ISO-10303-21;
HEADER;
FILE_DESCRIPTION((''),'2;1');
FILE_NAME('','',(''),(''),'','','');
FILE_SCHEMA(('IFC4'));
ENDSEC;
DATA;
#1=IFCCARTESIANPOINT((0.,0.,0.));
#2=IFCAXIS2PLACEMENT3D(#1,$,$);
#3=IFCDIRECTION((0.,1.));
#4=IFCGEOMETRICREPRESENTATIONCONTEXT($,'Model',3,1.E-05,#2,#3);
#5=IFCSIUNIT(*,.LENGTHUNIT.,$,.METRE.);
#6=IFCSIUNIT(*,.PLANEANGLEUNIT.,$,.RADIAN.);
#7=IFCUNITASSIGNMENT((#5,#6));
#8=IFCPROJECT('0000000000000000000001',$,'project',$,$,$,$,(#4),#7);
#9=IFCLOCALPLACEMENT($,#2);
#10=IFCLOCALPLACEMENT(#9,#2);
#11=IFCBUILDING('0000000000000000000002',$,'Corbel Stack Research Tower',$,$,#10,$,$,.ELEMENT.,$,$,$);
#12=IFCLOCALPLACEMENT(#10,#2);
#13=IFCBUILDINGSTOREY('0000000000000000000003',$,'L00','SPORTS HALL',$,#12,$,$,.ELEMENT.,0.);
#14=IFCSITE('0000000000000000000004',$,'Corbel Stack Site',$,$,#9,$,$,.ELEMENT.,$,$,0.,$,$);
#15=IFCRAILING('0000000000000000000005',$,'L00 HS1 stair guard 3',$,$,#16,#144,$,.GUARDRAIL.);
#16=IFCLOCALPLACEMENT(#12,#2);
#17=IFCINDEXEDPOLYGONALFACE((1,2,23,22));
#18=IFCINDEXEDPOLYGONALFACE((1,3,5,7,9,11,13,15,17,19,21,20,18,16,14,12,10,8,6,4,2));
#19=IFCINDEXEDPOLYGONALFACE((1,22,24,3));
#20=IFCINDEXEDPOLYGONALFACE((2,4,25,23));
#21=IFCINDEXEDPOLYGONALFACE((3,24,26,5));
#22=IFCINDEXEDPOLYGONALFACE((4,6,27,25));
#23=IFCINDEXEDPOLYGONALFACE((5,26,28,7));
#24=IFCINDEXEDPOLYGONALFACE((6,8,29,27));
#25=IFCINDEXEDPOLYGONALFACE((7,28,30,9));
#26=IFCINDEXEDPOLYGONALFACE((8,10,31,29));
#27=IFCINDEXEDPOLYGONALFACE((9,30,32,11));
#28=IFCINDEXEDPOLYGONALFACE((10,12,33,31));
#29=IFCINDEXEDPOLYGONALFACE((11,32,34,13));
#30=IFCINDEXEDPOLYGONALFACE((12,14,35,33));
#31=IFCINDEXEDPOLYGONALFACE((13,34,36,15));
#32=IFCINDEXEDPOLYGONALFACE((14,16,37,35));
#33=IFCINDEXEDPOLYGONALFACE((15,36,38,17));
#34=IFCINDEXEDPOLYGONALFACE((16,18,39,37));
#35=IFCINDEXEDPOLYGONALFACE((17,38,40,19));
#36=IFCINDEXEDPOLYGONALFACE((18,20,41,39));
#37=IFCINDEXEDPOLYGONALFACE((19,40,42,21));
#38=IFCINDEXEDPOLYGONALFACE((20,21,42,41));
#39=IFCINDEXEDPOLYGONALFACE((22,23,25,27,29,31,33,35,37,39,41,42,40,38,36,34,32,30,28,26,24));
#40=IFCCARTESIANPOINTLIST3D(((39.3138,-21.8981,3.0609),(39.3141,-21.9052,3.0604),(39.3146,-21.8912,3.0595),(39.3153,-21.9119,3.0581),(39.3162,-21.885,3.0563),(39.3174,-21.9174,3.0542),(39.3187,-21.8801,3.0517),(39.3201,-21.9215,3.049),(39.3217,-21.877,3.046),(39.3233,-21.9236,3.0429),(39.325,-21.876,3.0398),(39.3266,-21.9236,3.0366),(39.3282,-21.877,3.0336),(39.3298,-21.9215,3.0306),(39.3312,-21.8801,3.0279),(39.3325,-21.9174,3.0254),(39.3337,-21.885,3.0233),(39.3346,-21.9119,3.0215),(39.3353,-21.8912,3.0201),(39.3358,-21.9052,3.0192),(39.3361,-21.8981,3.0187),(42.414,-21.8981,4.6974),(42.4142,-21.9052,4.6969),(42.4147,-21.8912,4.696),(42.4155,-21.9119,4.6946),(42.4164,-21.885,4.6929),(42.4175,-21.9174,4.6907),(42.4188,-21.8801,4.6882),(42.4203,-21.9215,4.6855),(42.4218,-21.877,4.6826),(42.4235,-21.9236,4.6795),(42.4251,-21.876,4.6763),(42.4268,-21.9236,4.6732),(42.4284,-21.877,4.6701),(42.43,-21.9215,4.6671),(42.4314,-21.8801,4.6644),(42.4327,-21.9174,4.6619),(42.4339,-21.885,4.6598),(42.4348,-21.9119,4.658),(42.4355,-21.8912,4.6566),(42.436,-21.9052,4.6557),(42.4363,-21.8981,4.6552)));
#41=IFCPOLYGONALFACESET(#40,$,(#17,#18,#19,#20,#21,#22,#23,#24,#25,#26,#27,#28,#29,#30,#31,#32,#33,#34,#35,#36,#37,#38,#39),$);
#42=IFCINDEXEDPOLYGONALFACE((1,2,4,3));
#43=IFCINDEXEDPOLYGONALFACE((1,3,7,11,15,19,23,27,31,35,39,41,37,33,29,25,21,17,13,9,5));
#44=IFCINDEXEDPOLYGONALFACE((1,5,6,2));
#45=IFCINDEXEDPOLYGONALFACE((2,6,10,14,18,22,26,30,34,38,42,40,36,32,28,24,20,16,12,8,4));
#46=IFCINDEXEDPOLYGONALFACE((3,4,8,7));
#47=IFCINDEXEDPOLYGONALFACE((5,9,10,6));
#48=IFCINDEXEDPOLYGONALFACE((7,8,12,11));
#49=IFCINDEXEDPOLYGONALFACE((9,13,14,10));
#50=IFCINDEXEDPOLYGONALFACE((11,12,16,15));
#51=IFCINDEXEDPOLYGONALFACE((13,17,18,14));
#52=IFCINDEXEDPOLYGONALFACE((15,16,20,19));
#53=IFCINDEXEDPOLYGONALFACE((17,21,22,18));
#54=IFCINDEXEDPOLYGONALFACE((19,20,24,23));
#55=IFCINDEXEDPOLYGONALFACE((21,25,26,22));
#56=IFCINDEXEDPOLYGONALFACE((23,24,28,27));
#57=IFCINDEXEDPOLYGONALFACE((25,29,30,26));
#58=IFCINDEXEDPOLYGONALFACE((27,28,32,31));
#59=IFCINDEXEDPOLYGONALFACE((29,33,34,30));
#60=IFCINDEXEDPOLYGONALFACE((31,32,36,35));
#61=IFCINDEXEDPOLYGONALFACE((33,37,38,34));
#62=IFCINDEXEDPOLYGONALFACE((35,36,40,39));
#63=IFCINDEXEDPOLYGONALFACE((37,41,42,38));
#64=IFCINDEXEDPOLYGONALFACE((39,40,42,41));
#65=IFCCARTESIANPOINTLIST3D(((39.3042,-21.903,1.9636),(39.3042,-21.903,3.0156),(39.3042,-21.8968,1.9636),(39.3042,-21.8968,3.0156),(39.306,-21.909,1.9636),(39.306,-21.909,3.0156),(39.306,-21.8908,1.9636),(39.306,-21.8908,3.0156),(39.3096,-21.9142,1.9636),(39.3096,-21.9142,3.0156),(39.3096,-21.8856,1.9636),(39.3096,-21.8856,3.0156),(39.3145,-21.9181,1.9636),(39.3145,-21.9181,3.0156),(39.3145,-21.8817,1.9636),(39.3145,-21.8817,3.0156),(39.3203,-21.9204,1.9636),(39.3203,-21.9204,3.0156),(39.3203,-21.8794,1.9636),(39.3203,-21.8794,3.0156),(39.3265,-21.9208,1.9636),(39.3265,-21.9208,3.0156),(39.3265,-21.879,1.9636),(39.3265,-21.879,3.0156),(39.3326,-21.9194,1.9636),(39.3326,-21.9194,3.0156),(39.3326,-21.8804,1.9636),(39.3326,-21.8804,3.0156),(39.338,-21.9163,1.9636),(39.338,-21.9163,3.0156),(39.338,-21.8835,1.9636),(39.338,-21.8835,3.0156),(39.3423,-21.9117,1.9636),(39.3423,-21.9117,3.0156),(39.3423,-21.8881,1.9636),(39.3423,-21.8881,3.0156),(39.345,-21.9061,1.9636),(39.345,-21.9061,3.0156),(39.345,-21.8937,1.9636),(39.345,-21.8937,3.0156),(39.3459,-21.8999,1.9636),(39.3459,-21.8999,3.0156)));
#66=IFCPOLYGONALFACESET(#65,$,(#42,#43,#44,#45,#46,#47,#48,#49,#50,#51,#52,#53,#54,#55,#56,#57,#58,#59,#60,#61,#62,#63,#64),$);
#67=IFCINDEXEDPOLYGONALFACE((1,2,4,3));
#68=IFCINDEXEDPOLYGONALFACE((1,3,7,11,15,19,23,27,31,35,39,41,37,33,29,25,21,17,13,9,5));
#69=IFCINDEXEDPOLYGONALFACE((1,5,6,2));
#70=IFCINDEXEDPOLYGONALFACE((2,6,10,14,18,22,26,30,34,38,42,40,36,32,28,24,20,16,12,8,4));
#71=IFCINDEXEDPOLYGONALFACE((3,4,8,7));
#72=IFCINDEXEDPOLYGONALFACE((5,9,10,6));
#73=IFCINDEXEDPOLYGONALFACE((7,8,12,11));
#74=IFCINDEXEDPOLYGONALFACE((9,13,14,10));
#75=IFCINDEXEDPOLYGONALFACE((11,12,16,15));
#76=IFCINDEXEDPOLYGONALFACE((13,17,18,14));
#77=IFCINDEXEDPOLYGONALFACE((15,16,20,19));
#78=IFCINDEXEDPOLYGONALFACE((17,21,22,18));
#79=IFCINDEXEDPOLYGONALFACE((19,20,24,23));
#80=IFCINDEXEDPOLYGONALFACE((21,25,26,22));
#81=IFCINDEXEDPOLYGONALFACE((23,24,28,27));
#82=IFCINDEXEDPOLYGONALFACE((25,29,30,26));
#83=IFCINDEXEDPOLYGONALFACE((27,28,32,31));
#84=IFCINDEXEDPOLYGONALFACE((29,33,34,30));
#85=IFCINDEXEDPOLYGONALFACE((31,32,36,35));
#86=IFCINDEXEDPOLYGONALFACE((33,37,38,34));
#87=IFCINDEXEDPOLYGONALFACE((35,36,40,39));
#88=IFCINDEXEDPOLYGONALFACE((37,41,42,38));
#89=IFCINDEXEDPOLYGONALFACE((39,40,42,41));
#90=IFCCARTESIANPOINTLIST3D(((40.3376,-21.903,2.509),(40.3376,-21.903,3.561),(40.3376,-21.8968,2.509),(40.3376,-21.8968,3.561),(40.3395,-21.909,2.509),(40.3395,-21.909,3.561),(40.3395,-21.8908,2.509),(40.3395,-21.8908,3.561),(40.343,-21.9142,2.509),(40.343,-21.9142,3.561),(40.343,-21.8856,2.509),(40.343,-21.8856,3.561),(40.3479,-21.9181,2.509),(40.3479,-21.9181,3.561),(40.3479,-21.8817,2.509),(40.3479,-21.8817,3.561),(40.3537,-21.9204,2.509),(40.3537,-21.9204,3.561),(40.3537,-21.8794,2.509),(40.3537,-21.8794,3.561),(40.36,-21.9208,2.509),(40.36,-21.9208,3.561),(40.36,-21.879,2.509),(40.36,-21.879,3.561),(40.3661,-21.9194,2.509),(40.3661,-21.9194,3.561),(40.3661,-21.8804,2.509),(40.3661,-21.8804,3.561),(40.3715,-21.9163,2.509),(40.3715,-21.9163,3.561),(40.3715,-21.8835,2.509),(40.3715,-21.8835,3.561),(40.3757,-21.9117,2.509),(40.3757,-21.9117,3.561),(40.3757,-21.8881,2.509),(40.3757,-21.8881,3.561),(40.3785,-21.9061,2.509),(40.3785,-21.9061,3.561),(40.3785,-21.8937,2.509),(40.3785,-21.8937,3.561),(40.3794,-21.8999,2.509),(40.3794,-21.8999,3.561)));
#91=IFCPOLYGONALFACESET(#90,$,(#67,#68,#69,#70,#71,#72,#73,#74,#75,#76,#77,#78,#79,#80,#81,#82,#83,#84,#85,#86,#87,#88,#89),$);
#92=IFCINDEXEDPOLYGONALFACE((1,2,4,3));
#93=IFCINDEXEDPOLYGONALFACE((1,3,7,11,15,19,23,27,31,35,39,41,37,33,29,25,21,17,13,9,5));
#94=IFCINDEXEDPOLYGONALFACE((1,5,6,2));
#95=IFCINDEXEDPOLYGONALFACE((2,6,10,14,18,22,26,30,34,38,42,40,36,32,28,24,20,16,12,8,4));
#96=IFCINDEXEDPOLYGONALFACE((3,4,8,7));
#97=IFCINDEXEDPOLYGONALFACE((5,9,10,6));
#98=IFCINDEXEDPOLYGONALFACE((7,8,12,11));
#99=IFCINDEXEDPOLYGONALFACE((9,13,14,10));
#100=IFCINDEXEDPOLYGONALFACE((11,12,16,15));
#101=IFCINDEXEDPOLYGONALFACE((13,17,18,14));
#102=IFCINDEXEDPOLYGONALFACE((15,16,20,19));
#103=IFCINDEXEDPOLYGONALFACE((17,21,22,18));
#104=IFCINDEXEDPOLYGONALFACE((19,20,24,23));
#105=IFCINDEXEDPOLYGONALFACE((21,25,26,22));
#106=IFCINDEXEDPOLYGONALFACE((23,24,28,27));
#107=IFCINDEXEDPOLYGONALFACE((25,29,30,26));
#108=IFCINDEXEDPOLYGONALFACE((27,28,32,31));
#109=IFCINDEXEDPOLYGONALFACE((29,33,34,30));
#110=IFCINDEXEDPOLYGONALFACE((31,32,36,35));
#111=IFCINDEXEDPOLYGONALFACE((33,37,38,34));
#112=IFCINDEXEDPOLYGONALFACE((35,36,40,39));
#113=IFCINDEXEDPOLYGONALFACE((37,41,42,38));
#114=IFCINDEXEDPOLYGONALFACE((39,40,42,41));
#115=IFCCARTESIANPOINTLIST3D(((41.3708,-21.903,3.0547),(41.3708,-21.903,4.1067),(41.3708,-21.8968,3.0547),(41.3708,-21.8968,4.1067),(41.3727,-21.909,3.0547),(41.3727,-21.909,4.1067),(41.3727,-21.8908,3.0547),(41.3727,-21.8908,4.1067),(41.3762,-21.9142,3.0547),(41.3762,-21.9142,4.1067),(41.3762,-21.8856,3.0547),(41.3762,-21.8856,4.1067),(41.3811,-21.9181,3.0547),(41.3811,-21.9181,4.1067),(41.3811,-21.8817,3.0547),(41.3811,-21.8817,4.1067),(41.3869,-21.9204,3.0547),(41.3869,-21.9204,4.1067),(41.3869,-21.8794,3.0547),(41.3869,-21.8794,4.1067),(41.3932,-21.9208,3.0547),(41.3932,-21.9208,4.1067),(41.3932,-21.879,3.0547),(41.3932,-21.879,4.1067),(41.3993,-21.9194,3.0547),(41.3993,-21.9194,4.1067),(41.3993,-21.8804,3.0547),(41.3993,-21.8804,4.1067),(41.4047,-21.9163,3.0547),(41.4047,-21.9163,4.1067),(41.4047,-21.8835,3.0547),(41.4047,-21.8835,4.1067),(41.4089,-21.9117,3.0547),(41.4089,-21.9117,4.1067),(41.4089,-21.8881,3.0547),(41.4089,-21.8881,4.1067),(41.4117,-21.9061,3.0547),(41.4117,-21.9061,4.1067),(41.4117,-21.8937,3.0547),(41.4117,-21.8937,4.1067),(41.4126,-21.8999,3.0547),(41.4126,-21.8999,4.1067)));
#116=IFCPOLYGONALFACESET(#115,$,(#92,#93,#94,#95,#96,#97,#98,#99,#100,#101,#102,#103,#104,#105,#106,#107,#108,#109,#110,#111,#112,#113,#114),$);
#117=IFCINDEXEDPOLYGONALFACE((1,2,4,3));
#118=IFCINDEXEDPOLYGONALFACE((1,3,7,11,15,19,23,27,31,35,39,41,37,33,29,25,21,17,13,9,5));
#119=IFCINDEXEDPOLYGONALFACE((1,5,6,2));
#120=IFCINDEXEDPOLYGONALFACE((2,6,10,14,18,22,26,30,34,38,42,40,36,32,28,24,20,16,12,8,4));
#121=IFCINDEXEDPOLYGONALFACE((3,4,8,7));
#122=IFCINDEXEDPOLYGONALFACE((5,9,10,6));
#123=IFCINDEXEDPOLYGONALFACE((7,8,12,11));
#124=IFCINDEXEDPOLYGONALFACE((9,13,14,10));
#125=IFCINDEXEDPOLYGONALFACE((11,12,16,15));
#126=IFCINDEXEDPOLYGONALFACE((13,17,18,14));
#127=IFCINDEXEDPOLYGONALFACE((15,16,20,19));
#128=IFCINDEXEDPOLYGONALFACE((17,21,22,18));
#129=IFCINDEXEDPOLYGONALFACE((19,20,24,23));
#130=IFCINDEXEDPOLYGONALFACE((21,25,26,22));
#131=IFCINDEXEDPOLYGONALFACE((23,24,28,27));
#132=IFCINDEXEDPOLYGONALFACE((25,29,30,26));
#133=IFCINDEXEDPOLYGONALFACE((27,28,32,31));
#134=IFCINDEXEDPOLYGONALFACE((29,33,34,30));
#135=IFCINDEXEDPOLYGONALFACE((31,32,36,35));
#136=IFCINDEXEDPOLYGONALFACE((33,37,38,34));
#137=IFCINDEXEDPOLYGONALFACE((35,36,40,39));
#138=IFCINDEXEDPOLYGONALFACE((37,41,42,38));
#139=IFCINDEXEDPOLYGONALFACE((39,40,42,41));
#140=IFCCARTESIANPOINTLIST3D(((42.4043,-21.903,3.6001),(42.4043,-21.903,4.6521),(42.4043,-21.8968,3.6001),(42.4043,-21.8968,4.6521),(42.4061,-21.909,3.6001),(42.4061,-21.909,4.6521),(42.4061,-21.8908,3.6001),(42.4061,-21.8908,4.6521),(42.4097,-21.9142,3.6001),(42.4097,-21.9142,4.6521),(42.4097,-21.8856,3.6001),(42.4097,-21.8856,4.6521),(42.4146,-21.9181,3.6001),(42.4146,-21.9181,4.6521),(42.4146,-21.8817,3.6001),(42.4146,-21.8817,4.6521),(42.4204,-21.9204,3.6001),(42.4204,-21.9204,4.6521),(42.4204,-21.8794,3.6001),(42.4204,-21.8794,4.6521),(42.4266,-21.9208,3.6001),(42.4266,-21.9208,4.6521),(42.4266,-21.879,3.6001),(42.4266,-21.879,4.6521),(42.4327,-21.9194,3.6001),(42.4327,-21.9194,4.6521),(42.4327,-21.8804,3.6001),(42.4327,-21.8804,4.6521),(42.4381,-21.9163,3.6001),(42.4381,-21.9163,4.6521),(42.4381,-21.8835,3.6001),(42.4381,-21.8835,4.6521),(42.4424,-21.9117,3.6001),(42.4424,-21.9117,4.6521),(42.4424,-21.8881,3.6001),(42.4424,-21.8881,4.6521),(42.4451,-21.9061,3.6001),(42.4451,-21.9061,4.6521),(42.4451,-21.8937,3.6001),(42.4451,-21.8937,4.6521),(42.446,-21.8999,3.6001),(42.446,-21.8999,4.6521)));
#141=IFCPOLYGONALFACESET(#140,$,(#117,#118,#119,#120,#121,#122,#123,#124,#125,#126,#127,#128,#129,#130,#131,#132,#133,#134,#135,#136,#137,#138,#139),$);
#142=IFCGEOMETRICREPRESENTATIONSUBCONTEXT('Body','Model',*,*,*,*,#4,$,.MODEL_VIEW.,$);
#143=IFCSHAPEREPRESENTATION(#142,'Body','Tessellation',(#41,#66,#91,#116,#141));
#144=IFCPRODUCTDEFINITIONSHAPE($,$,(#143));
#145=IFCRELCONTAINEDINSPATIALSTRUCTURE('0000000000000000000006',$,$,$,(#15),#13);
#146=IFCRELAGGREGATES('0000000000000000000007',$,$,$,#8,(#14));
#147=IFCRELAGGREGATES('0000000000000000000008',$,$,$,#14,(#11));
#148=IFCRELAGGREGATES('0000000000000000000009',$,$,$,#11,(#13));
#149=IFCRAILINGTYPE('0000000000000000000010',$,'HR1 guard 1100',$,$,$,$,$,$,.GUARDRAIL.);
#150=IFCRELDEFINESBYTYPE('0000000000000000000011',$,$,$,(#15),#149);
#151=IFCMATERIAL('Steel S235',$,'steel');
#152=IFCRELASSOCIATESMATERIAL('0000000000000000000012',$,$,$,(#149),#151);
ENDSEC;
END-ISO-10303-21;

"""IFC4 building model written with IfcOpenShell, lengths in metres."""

from ifc_helpers import new_model, si_unit, direction, frame, origin, origin_2d, place, context, subcontext, project, spatial, circle, extrude, material, type_object, element, save


model = new_model("IFC4")

# Units and contexts
model_context = context("Model", 3, precision=1e-05, world=origin(), true_north=direction((0.0, 1.0)))
body_context = subcontext(model_context, "Body", "Model", "MODEL_VIEW")
ifc_project = project(units=[si_unit("LENGTHUNIT", "METRE"), si_unit("PLANEANGLEUNIT", "RADIAN")], contexts=[model_context])

# Site, building, storey
site_placement = place(None, origin())
site = spatial("IfcSite", under=ifc_project, at=site_placement, Name="Corbel Stack Site", CompositionType="ELEMENT", RefElevation=0.0)
building_placement = place(site_placement, origin())
building = spatial("IfcBuilding", under=site, at=building_placement, Name="Corbel Stack Research Tower", CompositionType="ELEMENT")
storey_placement = place(building_placement, origin())
storey = spatial("IfcBuildingStorey", under=building, at=storey_placement, Name="L00", Description="SPORTS HALL", CompositionType="ELEMENT", Elevation=0.0)

# Railing
ifc_material_1 = material(Name="Steel S235", Category="steel")
railing_type_1 = type_object("IfcRailingType", Name="HR1 guard 1100", PredefinedType="GUARDRAIL", material=ifc_material_1)
railing_1_placement = place(storey_placement, frame((39.325, -21.8999, 1.9636)))
element("IfcRailing", 1, at=railing_1_placement, inside=storey, type_object=railing_type_1, Name="L00 HS1 stair guard 3", PredefinedType="GUARDRAIL", context=body_context, shape_type="SweptSolid", body=[
    extrude(circle(Radius=0.0239, at=origin_2d()), frame((0.0, 0.0, 1.0762), z_axis=(0.884348, 0.0, 0.466828), x_axis=(0.0, 1.0, 0.0)), (0.0, 0.0, 1.0), 3.5056),
    extrude(circle(Radius=0.021, at=origin_2d()), origin(), (0.0, 0.0, 1.0), 1.052),
    extrude(circle(Radius=0.021, at=origin_2d()), frame((1.0334, 0.0, 0.5454)), (0.0, 0.0, 1.0), 1.052),
    extrude(circle(Radius=0.021, at=origin_2d()), frame((2.0667, 0.0, 1.0911)), (0.0, 0.0, 1.0), 1.052),
    extrude(circle(Radius=0.021, at=origin_2d()), frame((3.1001, 0.0, 1.6365)), (0.0, 0.0, 1.0), 1.052),
])

save(model, "model.ifc")
